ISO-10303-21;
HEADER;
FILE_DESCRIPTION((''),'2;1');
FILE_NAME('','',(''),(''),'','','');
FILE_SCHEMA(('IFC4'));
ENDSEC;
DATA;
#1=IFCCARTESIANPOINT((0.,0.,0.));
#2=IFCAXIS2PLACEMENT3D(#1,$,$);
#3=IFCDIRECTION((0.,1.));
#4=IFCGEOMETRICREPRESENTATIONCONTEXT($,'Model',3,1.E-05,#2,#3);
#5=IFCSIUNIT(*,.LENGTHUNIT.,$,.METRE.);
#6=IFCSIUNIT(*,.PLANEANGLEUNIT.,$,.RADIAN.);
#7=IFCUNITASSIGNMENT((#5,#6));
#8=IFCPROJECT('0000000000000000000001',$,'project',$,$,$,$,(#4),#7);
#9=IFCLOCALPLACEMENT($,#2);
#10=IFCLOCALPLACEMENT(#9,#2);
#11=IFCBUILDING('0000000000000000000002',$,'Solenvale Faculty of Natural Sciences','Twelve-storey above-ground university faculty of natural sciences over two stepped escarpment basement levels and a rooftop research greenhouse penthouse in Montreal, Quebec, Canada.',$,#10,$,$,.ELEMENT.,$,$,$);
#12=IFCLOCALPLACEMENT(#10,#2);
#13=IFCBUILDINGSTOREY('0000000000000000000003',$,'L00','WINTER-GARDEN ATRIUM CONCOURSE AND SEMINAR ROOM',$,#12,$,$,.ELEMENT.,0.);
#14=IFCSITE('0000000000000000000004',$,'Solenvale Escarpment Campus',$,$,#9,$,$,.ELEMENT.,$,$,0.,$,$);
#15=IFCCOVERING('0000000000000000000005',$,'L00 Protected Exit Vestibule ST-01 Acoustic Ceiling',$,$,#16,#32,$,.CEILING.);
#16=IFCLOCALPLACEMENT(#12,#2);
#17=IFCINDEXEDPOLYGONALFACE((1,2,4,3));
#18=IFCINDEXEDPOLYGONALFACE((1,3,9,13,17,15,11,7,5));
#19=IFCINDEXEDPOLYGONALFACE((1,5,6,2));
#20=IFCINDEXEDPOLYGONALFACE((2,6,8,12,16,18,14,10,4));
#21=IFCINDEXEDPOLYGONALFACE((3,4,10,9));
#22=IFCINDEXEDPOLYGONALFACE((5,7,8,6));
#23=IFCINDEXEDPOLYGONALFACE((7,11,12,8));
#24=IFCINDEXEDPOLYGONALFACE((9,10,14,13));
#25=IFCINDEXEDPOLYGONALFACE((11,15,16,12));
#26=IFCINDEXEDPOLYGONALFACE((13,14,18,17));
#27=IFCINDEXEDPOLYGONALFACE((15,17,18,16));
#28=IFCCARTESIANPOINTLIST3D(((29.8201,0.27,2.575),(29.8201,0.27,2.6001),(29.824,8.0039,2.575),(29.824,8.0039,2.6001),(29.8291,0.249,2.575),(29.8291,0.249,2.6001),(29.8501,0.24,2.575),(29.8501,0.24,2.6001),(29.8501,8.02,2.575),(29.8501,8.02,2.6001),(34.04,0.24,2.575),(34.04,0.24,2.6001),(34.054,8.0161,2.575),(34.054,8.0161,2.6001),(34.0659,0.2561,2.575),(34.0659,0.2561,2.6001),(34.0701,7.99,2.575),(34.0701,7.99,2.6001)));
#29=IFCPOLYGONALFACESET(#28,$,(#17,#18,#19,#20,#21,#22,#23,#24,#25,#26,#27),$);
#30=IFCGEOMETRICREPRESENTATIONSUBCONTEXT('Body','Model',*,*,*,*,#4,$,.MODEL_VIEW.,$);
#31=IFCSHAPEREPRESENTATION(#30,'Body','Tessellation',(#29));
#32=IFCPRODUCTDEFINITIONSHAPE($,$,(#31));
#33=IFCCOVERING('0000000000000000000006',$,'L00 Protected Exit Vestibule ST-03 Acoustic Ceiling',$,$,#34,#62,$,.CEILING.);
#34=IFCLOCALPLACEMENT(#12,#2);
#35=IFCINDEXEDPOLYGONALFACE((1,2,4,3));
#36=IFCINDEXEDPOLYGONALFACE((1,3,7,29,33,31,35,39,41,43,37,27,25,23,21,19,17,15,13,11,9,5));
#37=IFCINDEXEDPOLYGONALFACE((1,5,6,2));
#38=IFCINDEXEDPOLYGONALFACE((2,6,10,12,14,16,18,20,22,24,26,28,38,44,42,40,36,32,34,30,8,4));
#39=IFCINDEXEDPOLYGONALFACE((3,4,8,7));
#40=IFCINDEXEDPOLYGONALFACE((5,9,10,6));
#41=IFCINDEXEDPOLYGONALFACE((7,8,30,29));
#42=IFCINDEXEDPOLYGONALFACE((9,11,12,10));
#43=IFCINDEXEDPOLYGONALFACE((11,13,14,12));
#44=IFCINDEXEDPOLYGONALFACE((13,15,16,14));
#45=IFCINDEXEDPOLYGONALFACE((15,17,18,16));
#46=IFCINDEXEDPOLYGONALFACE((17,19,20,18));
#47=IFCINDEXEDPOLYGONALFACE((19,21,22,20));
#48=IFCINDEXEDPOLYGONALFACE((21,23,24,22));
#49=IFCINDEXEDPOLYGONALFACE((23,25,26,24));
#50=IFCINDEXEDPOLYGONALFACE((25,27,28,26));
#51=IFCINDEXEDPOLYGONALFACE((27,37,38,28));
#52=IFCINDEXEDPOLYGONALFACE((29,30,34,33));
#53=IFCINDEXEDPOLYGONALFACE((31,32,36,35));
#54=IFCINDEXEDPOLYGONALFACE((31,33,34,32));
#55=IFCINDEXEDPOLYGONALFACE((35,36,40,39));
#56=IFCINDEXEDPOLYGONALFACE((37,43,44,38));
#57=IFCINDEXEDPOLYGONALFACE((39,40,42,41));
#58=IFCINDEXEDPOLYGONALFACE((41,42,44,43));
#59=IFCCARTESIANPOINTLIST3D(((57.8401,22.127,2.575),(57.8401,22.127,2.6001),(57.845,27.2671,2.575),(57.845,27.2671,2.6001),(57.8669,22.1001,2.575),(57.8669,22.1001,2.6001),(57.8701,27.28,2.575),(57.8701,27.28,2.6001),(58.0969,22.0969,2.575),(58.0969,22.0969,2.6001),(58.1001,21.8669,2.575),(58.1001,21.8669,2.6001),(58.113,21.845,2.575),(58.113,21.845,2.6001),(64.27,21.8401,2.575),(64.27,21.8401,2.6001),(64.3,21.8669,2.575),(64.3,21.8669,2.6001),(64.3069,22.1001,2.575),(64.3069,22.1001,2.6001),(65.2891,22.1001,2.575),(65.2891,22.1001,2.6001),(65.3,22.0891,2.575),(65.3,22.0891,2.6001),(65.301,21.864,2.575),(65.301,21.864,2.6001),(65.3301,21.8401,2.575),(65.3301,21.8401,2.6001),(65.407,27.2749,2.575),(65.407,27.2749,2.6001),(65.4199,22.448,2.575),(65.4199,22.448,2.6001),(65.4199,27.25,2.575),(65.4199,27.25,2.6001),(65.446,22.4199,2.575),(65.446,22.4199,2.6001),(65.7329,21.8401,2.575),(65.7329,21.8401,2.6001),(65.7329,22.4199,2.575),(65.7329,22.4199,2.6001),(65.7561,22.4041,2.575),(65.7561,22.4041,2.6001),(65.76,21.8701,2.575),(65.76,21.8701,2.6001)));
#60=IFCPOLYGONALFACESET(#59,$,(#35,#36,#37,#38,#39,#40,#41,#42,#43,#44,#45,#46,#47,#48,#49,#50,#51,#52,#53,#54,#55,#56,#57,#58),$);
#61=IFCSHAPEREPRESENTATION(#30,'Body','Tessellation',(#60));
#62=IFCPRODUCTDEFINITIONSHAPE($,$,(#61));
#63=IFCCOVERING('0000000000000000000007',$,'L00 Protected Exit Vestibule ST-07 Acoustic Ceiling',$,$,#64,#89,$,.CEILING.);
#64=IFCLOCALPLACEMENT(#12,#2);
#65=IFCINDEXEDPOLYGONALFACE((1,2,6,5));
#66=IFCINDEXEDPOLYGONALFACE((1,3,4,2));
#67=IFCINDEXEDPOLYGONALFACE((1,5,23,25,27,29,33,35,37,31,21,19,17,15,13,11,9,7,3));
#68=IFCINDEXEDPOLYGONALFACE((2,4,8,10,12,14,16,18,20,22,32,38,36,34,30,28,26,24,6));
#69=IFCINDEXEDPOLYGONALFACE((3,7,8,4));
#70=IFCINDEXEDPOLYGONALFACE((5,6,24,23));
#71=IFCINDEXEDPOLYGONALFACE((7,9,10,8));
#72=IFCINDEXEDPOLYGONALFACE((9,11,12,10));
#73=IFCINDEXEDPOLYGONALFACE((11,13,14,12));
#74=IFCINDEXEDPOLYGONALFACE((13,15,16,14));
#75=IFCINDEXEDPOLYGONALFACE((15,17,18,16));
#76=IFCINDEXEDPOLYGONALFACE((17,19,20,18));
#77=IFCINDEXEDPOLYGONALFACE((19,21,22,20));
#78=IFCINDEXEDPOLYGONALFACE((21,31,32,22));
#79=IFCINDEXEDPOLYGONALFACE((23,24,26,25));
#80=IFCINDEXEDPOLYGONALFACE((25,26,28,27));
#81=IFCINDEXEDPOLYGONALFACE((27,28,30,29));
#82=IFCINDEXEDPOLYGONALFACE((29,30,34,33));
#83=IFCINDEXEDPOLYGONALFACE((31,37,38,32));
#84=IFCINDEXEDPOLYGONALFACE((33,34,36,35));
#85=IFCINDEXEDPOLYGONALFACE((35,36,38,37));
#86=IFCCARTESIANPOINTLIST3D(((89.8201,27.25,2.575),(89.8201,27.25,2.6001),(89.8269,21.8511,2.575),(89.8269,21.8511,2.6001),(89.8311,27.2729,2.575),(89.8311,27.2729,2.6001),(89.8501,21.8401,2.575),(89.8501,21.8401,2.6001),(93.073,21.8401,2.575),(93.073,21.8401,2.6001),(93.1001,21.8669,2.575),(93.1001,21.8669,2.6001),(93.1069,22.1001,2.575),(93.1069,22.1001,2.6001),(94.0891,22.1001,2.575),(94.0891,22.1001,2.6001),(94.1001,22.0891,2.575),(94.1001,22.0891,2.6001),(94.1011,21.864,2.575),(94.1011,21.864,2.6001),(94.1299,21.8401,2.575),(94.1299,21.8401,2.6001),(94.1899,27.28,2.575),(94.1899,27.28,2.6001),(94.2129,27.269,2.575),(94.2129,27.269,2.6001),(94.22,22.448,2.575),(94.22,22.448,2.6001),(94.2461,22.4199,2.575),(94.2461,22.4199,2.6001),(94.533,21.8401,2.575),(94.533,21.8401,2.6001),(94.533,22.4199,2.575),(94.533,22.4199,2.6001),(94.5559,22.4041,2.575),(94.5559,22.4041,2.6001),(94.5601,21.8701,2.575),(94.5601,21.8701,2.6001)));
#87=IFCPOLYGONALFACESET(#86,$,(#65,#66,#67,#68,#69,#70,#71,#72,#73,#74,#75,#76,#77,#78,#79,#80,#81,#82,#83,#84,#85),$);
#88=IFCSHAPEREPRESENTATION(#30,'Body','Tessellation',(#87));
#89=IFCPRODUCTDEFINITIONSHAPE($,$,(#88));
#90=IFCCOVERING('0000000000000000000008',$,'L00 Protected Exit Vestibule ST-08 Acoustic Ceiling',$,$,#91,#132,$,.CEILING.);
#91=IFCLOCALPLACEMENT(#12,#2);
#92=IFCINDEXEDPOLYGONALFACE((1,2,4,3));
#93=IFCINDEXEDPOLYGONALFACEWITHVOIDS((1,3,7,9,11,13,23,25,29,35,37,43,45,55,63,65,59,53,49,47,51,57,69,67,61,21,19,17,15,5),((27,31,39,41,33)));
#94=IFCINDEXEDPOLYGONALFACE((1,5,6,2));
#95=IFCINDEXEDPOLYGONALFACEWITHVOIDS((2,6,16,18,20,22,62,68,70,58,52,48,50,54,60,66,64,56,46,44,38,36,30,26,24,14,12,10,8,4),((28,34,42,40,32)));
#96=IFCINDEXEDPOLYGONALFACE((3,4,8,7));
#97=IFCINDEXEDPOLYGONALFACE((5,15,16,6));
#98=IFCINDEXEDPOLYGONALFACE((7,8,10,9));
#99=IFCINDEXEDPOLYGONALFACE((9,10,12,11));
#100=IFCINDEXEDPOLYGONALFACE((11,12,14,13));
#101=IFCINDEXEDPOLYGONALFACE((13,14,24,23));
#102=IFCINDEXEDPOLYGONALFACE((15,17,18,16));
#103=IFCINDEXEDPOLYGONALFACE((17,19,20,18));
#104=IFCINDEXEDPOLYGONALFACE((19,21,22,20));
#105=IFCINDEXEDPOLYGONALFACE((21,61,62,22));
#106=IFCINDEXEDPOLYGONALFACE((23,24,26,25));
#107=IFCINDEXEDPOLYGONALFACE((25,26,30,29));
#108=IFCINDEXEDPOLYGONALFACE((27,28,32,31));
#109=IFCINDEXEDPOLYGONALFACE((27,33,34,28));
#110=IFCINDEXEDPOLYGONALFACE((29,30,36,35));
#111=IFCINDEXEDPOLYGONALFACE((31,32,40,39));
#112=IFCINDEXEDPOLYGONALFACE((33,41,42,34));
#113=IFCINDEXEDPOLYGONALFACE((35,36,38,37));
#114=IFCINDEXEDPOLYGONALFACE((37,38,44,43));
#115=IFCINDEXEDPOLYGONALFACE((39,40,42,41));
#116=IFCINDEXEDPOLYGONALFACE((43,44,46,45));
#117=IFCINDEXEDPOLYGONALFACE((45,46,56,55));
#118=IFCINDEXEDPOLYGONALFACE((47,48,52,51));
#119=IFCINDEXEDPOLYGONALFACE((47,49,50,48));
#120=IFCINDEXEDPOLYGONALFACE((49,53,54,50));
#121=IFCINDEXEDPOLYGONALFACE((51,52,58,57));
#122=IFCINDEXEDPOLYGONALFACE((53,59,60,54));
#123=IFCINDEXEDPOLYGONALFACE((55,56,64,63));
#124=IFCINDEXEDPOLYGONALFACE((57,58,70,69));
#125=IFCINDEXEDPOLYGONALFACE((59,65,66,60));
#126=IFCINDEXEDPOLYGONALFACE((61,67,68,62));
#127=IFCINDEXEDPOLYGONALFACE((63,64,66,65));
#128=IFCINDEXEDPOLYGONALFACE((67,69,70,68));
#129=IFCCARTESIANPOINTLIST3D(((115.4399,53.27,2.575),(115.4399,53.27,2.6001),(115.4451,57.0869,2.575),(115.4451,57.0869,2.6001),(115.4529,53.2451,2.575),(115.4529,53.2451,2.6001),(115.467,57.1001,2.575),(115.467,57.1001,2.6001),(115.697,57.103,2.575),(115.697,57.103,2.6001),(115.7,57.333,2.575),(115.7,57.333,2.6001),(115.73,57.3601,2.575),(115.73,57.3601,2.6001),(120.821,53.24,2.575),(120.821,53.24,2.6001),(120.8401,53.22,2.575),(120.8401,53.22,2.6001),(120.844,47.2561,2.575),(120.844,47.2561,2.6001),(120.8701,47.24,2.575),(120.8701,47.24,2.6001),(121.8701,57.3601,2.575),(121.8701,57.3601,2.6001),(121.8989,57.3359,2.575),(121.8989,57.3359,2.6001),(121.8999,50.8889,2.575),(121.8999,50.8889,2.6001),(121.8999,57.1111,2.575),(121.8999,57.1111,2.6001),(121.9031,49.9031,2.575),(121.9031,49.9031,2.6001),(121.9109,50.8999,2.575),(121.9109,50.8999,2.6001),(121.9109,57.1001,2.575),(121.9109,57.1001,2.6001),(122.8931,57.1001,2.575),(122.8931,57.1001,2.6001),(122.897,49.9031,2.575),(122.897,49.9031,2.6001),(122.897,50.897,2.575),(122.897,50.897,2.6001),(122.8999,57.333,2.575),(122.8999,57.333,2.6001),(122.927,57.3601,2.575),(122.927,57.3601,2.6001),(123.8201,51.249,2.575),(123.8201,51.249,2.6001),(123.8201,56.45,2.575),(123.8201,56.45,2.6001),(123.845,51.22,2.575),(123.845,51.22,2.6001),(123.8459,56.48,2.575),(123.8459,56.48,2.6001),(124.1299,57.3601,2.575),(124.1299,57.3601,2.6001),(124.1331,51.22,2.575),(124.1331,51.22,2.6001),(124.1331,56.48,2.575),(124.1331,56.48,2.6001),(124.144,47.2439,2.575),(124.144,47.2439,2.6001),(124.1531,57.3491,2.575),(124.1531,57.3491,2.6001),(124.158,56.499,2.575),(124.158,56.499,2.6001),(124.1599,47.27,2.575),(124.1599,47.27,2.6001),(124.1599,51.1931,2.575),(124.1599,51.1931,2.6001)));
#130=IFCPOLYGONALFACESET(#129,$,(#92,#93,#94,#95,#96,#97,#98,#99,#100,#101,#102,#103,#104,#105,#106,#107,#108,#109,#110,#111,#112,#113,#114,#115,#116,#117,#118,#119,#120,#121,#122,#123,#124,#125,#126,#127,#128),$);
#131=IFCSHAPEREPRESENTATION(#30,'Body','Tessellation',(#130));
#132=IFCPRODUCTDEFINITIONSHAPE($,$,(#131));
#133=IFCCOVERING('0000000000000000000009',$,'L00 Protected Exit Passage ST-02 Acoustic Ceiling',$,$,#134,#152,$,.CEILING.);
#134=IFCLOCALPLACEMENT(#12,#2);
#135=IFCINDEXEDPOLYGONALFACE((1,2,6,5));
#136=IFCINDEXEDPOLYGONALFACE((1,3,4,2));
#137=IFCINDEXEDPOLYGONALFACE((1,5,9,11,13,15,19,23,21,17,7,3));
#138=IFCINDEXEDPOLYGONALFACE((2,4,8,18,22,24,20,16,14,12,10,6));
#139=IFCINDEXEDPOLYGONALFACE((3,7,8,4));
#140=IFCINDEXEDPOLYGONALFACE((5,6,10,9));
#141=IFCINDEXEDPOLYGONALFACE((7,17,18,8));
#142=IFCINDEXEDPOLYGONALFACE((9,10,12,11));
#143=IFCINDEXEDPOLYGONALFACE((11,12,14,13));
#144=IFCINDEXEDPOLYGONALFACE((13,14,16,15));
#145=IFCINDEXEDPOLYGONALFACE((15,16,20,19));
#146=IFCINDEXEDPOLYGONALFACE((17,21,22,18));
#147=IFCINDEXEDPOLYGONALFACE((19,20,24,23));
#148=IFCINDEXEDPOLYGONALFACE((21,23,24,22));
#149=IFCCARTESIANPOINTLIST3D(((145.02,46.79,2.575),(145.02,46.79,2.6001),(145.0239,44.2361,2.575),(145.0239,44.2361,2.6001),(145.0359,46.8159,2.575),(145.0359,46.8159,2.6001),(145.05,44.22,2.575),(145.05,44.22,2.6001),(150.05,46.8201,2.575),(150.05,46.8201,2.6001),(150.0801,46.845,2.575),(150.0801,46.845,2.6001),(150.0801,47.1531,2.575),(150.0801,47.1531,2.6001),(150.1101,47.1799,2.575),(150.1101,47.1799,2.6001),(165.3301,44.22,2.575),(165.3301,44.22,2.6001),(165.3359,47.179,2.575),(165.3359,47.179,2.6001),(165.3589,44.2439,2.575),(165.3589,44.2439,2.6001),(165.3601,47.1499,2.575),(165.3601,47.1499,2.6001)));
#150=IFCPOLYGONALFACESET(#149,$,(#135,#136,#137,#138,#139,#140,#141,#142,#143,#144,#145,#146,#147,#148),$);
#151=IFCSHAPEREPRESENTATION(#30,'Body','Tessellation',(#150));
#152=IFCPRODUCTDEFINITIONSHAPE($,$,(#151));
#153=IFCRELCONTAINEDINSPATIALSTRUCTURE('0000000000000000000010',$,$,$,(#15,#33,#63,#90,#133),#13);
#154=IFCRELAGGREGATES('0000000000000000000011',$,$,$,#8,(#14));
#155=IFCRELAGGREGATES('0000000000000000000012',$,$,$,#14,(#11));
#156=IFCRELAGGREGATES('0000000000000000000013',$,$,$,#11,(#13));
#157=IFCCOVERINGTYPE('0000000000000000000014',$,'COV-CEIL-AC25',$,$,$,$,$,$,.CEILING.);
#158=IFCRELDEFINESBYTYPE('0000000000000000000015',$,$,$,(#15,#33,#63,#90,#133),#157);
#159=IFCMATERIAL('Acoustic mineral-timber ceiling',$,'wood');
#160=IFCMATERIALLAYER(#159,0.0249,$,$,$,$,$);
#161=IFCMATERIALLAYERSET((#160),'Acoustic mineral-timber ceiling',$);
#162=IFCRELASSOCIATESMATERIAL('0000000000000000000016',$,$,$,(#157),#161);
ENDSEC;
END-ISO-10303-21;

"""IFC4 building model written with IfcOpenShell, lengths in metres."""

from ifc_helpers import new_model, si_unit, direction, frame, origin, place, context, subcontext, project, spatial, polyline, outline, extrude, material, layer, layer_set, type_object, element, save


model = new_model("IFC4")

# Units and contexts
model_context = context("Model", 3, precision=1e-05, world=origin(), true_north=direction((0.0, 1.0)))
body_context = subcontext(model_context, "Body", "Model", "MODEL_VIEW")
ifc_project = project(units=[si_unit("LENGTHUNIT", "METRE"), si_unit("PLANEANGLEUNIT", "RADIAN")], contexts=[model_context])

# Site, building, storey
site_placement = place(None, origin())
site = spatial("IfcSite", under=ifc_project, at=site_placement, Name="Solenvale Escarpment Campus", CompositionType="ELEMENT", RefElevation=0.0)
building_placement = place(site_placement, origin())
building = spatial("IfcBuilding", under=site, at=building_placement, Name="Solenvale Faculty of Natural Sciences", Description="Twelve-storey above-ground university faculty of natural sciences over two stepped escarpment basement levels and a rooftop research greenhouse penthouse in Montreal, Quebec, Canada.", CompositionType="ELEMENT")
storey_placement = place(building_placement, origin())
storey = spatial("IfcBuildingStorey", under=building, at=storey_placement, Name="L00", Description="WINTER-GARDEN ATRIUM CONCOURSE AND SEMINAR ROOM", CompositionType="ELEMENT", Elevation=0.0)

# Coverings
ifc_material_1 = material(Name="Acoustic mineral-timber ceiling", Category="wood")
ifc_layer_1 = layer(ifc_material_1, 0.0249)
ifc_layer_set_1 = layer_set([ifc_layer_1], Name="Acoustic mineral-timber ceiling")
covering_type_1 = type_object("IfcCoveringType", Name="COV-CEIL-AC25", PredefinedType="CEILING", material=ifc_layer_set_1)
covering_1_placement = place(storey_placement, frame((0.0, 0.0, 2.575)))
element("IfcCovering", 1, at=covering_1_placement, inside=storey, type_object=covering_type_1, Name="L00 Protected Exit Vestibule ST-01 Acoustic Ceiling", PredefinedType="CEILING", context=body_context, shape_type="SweptSolid", body=[
    extrude(outline(polyline([(29.8501, 0.24), (29.8291, 0.249), (29.8201, 0.27), (29.824, 8.0039), (29.8501, 8.02), (34.054, 8.0161), (34.0701, 7.99), (34.0659, 0.2561), (34.04, 0.24), (29.8501, 0.24)])), origin(), (0.0, 0.0, 1.0), 0.0251),
])
covering_2_placement = place(storey_placement, frame((0.0, 0.0, 2.575)))
element("IfcCovering", 2, at=covering_2_placement, inside=storey, type_object=covering_type_1, Name="L00 Protected Exit Vestibule ST-03 Acoustic Ceiling", PredefinedType="CEILING", context=body_context, shape_type="SweptSolid", body=[
    extrude(outline(polyline([(65.3301, 21.8401), (65.301, 21.864), (65.3, 22.0891), (65.2891, 22.1001), (64.3069, 22.1001), (64.3, 21.8669), (64.27, 21.8401), (58.113, 21.845), (58.1001, 21.8669), (58.0969, 22.0969), (57.8669, 22.1001), (57.8401, 22.127), (57.845, 27.2671), (57.8701, 27.28), (65.407, 27.2749), (65.4199, 27.25), (65.4199, 22.448), (65.446, 22.4199), (65.7329, 22.4199), (65.7561, 22.4041), (65.76, 21.8701), (65.7329, 21.8401), (65.3301, 21.8401)])), origin(), (0.0, 0.0, 1.0), 0.0251),
])
covering_3_placement = place(storey_placement, frame((0.0, 0.0, 2.575)))
element("IfcCovering", 3, at=covering_3_placement, inside=storey, type_object=covering_type_1, Name="L00 Protected Exit Vestibule ST-07 Acoustic Ceiling", PredefinedType="CEILING", context=body_context, shape_type="SweptSolid", body=[
    extrude(outline(polyline([(94.1299, 21.8401), (94.1011, 21.864), (94.1001, 22.0891), (94.0891, 22.1001), (93.1069, 22.1001), (93.1001, 21.8669), (93.073, 21.8401), (89.8501, 21.8401), (89.8269, 21.8511), (89.8201, 27.25), (89.8311, 27.2729), (94.1899, 27.28), (94.2129, 27.269), (94.22, 22.448), (94.2461, 22.4199), (94.533, 22.4199), (94.5559, 22.4041), (94.5601, 21.8701), (94.533, 21.8401), (94.1299, 21.8401)])), origin(), (0.0, 0.0, 1.0), 0.0251),
])
covering_4_placement = place(storey_placement, frame((0.0, 0.0, 2.575)))
element("IfcCovering", 4, at=covering_4_placement, inside=storey, type_object=covering_type_1, Name="L00 Protected Exit Vestibule ST-08 Acoustic Ceiling", PredefinedType="CEILING", context=body_context, shape_type="SweptSolid", body=[
    extrude(outline(polyline([(120.821, 53.24), (115.4529, 53.2451), (115.4399, 53.27), (115.4451, 57.0869), (115.467, 57.1001), (115.697, 57.103), (115.7, 57.333), (115.73, 57.3601), (121.8701, 57.3601), (121.8989, 57.3359), (121.8999, 57.1111), (121.9109, 57.1001), (122.8931, 57.1001), (122.8999, 57.333), (122.927, 57.3601), (124.1299, 57.3601), (124.1531, 57.3491), (124.158, 56.499), (124.1331, 56.48), (123.8459, 56.48), (123.8201, 56.45), (123.8201, 51.249), (123.845, 51.22), (124.1331, 51.22), (124.1599, 51.1931), (124.1599, 47.27), (124.144, 47.2439), (120.8701, 47.24), (120.844, 47.2561), (120.8401, 53.22), (120.821, 53.24)]), holes=[polyline([(121.9109, 50.8999), (121.8999, 50.8889), (121.9031, 49.9031), (122.897, 49.9031), (122.897, 50.897), (121.9109, 50.8999)])]), origin(), (0.0, 0.0, 1.0), 0.0251),
])
covering_5_placement = place(storey_placement, frame((0.0, 0.0, 2.575)))
element("IfcCovering", 5, at=covering_5_placement, inside=storey, type_object=covering_type_1, Name="L00 Protected Exit Passage ST-02 Acoustic Ceiling", PredefinedType="CEILING", context=body_context, shape_type="SweptSolid", body=[
    extrude(outline(polyline([(150.05, 46.8201), (150.0801, 46.845), (150.0801, 47.1531), (150.1101, 47.1799), (165.3359, 47.179), (165.3601, 47.1499), (165.3589, 44.2439), (165.3301, 44.22), (145.05, 44.22), (145.0239, 44.2361), (145.02, 46.79), (145.0359, 46.8159), (150.05, 46.8201)])), origin(), (0.0, 0.0, 1.0), 0.0251),
])

save(model, "model.ifc")
